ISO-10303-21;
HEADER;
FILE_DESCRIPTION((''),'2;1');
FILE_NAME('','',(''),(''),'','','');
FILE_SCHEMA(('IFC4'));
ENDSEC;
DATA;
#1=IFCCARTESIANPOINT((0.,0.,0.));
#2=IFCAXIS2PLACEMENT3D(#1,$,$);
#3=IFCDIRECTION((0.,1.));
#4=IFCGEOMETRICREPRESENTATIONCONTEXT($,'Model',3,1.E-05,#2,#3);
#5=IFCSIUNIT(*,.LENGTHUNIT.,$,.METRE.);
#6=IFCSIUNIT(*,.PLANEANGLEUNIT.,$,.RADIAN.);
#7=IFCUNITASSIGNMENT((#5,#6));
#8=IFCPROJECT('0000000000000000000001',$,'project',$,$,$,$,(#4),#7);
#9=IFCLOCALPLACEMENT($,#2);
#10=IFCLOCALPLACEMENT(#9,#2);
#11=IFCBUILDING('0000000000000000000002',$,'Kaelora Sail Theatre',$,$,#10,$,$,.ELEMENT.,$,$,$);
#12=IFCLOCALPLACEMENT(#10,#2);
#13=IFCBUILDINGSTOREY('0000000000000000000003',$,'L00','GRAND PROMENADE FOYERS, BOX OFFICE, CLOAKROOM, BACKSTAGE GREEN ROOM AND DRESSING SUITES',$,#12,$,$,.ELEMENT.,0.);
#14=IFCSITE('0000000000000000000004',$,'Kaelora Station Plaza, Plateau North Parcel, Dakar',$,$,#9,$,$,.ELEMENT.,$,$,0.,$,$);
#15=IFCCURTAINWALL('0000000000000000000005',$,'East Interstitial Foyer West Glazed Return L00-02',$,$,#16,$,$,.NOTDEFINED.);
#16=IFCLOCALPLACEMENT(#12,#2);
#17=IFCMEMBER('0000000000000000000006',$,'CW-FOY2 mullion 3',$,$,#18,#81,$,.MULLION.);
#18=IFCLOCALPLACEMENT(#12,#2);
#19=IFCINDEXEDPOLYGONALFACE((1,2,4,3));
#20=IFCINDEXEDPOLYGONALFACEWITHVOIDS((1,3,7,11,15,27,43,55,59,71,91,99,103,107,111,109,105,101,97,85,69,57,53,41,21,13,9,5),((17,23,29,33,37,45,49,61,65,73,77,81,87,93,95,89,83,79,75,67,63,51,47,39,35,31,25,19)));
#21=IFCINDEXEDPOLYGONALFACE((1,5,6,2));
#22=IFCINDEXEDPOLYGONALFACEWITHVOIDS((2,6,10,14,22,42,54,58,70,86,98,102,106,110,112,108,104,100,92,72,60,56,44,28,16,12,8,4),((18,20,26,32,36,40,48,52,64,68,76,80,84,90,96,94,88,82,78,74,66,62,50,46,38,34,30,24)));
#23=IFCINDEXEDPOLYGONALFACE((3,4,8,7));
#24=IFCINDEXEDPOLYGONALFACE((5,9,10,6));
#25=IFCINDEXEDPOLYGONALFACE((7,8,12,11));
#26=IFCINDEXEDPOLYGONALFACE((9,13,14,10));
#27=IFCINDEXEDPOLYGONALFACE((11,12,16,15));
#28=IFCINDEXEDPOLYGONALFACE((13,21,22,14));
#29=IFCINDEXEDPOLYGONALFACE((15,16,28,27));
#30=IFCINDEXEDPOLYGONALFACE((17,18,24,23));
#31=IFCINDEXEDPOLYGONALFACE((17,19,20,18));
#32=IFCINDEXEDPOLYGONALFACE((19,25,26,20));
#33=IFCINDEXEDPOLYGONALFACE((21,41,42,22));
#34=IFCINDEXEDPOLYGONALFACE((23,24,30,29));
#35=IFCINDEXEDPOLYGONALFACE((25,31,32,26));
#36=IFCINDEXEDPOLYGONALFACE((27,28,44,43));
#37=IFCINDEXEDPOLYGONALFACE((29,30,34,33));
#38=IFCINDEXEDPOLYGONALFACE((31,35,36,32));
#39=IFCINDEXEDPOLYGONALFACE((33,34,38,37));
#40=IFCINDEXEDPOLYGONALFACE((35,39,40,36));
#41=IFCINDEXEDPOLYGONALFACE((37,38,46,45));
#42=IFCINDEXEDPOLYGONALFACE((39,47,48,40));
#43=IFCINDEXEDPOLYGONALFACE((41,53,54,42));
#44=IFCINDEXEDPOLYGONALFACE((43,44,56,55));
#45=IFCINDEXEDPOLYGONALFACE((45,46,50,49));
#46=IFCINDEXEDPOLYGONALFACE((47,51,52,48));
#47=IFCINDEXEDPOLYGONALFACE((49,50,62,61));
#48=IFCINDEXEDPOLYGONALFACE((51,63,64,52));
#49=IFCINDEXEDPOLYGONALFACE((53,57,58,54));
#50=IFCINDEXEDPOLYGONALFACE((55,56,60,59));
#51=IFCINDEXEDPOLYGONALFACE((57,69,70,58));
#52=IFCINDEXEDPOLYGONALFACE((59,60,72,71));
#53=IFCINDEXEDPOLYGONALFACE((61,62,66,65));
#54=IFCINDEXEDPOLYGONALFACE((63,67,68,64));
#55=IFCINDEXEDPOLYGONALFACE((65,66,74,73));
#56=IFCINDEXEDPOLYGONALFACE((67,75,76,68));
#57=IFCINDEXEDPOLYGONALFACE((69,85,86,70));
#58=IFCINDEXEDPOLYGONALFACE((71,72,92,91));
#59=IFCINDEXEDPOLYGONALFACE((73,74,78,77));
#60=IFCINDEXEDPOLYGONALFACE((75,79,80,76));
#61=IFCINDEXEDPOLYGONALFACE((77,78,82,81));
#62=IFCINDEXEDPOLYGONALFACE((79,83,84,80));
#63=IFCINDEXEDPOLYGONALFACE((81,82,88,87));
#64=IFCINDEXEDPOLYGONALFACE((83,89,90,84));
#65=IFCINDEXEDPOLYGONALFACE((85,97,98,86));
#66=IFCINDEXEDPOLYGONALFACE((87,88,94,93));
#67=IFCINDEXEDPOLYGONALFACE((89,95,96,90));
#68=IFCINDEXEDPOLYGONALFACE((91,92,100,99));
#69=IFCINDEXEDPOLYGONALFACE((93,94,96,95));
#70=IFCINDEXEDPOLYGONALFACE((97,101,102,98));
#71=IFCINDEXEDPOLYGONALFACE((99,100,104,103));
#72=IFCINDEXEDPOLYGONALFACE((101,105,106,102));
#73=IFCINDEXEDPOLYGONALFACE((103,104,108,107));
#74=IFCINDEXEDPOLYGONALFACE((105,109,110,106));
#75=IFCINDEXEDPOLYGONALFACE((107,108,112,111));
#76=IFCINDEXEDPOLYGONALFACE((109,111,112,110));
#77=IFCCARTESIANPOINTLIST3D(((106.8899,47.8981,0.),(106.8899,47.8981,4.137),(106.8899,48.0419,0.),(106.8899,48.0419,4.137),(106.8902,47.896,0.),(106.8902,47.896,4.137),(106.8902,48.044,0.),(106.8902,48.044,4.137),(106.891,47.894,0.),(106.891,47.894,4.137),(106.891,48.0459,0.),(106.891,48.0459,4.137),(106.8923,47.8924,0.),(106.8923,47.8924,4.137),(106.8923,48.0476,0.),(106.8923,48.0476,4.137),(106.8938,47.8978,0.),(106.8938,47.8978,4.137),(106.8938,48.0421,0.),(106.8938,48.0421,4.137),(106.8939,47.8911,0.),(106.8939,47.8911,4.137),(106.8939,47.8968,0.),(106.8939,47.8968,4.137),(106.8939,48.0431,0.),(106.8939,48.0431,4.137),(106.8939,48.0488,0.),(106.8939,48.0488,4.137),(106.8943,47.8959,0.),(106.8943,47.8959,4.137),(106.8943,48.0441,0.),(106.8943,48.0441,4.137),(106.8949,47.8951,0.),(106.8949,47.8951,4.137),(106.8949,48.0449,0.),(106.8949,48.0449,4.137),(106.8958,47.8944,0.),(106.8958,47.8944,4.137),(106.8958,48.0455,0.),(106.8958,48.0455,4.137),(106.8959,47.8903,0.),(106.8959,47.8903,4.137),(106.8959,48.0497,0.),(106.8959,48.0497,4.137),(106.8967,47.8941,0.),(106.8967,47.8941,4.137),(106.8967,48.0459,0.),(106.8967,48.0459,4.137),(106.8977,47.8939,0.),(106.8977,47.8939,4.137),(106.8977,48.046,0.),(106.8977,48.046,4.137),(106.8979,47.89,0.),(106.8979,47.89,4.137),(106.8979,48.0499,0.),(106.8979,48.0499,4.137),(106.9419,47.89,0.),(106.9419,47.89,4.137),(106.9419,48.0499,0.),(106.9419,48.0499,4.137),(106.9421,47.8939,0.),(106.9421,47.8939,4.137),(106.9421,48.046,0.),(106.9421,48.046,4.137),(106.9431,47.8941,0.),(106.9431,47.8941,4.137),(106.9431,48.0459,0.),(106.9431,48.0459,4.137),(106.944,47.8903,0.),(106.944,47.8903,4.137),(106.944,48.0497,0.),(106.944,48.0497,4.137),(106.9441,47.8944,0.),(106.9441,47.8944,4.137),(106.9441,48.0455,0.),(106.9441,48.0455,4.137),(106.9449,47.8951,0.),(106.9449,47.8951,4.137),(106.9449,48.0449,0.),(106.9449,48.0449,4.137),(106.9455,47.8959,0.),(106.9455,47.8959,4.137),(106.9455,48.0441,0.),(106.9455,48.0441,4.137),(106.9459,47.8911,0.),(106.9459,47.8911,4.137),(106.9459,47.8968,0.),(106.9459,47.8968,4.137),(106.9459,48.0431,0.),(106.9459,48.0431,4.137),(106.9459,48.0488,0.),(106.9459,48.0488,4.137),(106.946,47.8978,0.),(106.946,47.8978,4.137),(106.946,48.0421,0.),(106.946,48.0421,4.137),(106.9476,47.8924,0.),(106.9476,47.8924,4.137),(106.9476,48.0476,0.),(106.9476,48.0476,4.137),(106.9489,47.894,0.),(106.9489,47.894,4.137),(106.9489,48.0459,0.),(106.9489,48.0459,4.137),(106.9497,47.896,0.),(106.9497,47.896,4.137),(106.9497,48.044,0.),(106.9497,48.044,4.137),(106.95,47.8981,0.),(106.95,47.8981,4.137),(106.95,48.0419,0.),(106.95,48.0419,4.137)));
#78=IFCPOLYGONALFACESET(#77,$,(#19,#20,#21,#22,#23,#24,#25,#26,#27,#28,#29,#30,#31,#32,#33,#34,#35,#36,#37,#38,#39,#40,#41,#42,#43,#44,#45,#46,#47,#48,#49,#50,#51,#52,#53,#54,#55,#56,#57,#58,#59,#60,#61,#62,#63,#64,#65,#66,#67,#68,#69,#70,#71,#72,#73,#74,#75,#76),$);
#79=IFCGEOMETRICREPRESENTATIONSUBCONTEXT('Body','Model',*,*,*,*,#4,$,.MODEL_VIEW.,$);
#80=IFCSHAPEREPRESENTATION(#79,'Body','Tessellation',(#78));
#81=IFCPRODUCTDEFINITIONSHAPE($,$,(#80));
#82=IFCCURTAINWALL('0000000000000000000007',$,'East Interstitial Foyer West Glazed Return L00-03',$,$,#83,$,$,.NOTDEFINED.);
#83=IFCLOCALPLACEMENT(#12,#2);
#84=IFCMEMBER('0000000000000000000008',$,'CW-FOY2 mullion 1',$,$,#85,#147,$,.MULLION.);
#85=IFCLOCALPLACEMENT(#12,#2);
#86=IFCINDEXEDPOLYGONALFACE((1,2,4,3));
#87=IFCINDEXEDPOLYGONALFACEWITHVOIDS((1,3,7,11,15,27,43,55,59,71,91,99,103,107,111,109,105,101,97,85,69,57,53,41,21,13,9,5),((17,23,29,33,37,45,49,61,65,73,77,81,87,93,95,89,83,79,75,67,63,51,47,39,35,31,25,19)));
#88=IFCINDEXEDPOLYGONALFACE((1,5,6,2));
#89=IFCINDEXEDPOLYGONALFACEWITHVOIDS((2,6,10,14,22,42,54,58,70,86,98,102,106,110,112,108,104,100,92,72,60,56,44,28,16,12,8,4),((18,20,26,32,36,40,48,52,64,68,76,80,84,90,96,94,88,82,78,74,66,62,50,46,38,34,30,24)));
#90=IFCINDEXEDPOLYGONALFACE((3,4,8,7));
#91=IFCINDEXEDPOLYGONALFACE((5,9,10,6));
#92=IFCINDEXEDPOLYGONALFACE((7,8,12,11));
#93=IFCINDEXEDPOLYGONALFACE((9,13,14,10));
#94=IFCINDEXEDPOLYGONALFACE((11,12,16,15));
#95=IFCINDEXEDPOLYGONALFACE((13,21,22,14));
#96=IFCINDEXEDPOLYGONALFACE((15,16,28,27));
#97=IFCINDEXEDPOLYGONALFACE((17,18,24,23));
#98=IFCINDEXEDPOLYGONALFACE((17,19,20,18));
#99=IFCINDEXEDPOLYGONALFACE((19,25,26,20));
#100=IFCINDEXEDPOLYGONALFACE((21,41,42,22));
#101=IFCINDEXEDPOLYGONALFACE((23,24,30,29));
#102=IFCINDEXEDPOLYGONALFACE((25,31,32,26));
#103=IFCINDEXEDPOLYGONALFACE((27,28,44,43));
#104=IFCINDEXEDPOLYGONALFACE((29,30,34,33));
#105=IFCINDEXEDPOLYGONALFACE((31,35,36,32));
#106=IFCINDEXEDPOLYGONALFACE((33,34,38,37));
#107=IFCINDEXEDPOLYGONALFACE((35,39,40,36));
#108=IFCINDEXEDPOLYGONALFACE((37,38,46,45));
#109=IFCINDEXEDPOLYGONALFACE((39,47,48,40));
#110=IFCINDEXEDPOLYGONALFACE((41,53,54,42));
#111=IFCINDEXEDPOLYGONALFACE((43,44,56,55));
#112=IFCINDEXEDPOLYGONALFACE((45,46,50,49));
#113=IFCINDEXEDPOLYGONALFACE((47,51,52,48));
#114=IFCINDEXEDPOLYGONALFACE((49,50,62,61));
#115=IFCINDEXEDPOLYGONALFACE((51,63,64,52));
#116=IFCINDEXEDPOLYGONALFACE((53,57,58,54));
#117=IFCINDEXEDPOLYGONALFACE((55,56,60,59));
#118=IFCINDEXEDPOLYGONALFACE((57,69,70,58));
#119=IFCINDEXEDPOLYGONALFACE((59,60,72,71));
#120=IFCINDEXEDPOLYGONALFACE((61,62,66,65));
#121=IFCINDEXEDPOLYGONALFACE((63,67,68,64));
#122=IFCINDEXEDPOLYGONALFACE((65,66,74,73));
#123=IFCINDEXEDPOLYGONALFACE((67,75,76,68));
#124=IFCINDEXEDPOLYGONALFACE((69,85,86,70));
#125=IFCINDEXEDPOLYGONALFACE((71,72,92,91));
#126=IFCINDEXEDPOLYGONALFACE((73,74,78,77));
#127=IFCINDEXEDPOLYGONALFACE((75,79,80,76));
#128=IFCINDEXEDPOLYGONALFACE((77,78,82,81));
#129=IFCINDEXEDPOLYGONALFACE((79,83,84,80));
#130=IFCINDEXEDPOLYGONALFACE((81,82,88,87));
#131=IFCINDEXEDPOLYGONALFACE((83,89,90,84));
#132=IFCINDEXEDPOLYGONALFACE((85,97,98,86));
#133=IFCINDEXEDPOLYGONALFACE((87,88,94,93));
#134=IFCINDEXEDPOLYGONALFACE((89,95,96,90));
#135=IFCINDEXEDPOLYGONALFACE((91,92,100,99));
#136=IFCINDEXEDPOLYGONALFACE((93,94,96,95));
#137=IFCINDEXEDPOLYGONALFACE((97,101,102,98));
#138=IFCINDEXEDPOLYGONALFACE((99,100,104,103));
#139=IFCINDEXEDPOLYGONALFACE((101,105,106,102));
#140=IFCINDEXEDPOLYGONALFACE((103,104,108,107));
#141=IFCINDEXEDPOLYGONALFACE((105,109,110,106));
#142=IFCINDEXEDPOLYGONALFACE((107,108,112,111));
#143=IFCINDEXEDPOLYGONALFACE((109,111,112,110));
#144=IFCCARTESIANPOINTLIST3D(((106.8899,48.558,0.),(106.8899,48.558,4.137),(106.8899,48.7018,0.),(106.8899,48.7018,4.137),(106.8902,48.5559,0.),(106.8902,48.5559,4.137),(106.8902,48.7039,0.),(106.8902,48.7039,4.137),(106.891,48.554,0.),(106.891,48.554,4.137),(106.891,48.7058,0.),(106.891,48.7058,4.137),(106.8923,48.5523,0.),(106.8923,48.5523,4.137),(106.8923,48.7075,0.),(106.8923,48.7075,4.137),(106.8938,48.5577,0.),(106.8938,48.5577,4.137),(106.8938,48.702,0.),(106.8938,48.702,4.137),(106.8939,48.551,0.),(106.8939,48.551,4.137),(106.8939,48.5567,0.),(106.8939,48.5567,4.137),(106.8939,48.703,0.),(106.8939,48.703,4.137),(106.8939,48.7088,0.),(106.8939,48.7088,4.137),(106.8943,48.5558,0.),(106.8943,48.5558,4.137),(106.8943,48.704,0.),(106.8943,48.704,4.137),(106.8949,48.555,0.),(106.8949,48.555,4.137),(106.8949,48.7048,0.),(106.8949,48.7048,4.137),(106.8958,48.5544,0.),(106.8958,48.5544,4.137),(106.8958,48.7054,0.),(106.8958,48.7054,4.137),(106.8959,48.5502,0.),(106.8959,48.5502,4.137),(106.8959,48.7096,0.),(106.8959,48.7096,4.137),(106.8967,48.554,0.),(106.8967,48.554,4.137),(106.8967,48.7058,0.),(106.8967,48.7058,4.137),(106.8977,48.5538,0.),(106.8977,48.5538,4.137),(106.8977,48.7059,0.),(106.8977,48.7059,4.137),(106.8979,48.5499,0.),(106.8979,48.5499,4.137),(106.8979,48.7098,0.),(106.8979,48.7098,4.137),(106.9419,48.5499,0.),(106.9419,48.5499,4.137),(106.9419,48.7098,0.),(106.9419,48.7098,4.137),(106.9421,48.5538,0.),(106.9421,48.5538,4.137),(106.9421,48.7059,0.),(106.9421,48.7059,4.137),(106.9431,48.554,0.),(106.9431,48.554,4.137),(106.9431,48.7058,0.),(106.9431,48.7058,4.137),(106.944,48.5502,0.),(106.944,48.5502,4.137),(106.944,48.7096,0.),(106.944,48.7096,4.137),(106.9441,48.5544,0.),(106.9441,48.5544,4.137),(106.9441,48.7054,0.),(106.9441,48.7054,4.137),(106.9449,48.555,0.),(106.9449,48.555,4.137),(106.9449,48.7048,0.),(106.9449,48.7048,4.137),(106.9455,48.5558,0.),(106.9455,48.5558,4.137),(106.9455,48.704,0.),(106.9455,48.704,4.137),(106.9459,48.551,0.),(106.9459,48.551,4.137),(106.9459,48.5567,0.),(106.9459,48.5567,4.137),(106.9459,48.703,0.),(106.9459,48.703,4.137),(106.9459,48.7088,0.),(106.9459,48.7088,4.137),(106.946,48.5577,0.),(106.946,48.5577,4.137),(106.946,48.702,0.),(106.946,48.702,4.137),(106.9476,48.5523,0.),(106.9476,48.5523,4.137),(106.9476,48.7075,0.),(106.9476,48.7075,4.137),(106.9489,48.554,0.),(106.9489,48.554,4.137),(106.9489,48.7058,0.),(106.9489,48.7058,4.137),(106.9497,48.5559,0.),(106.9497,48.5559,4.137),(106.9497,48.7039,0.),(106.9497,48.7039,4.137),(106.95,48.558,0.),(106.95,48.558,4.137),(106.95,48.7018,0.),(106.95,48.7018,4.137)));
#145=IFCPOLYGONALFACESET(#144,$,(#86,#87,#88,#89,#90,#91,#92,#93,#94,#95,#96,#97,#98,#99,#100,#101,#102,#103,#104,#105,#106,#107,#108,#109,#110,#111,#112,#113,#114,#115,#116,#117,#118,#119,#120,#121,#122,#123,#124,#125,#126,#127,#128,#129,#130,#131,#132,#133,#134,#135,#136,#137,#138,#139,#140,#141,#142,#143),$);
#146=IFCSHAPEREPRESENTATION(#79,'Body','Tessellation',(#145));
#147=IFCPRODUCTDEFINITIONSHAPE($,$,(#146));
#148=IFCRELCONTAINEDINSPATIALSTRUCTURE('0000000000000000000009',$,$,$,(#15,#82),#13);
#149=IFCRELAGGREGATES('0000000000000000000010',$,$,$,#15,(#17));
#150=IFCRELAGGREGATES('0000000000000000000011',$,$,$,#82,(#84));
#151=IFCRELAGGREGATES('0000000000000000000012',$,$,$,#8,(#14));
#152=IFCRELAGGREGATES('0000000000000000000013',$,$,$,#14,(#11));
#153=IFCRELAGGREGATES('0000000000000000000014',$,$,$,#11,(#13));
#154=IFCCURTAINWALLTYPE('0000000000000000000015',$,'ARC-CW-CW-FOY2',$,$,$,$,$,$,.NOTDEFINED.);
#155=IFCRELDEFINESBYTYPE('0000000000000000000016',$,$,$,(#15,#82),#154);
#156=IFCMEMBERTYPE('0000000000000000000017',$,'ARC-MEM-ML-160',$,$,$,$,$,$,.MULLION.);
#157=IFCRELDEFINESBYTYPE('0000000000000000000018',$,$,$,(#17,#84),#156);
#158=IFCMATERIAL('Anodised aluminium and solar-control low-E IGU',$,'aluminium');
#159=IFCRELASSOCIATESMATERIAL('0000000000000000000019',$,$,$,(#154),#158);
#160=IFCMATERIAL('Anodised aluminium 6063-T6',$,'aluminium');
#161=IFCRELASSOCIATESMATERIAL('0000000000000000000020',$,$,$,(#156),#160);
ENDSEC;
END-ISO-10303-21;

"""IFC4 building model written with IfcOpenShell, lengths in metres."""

from ifc_helpers import new_model, si_unit, direction, frame, origin, origin_2d, place, context, subcontext, project, spatial, hollow_rectangle, extrude, material, material_profile, profile_set, type_object, element, aggregate, save


model = new_model("IFC4")

# Units and contexts
model_context = context("Model", 3, precision=1e-05, world=origin(), true_north=direction((0.0, 1.0)))
body_context = subcontext(model_context, "Body", "Model", "MODEL_VIEW")
ifc_project = project(units=[si_unit("LENGTHUNIT", "METRE"), si_unit("PLANEANGLEUNIT", "RADIAN")], contexts=[model_context])

# Site, building, storey
site_placement = place(None, origin())
site = spatial("IfcSite", under=ifc_project, at=site_placement, Name="Kaelora Station Plaza, Plateau North Parcel, Dakar", CompositionType="ELEMENT", RefElevation=0.0)
building_placement = place(site_placement, origin())
building = spatial("IfcBuilding", under=site, at=building_placement, Name="Kaelora Sail Theatre", CompositionType="ELEMENT")
storey_placement = place(building_placement, origin())
storey = spatial("IfcBuildingStorey", under=building, at=storey_placement, Name="L00", Description="GRAND PROMENADE FOYERS, BOX OFFICE, CLOAKROOM, BACKSTAGE GREEN ROOM AND DRESSING SUITES", CompositionType="ELEMENT", Elevation=0.0)

# Curtain wall, member
ifc_material_1 = material(Name="Anodised aluminium and solar-control low-E IGU", Category="aluminium")
curtain_wall_type = type_object("IfcCurtainWallType", Name="ARC-CW-CW-FOY2", PredefinedType="NOTDEFINED", material=ifc_material_1)
curtain_wall_1_placement = place(storey_placement, origin())
curtain_wall_1 = element("IfcCurtainWall", 1, at=curtain_wall_1_placement, inside=storey, type_object=curtain_wall_type, Name="East Interstitial Foyer West Glazed Return L00-02", PredefinedType="NOTDEFINED")
ifc_material_2 = material(Name="Anodised aluminium 6063-T6", Category="aluminium")
ifc_material_profile_1 = material_profile(ifc_material_2, hollow_rectangle(XDim=0.0601, YDim=0.1599, WallThickness=0.0039, InnerFilletRadius=0.0039, OuterFilletRadius=0.0081, at=origin_2d()), Name="ALU-MULL 60x160x4")
ifc_profile_set_1 = profile_set([ifc_material_profile_1], Name="Anodised aluminium 6063-T6")
member_type_1 = type_object("IfcMemberType", Name="ARC-MEM-ML-160", PredefinedType="MULLION", material=ifc_profile_set_1)
member_1_placement = place(storey_placement, frame((106.9199, 47.97, 0.0), z_axis=(0.0, 0.0, 1.0), x_axis=(-1.0, 0.0, 0.0)))
member_1 = element("IfcMember", 2, at=member_1_placement, type_object=member_type_1, Name="CW-FOY2 mullion 3", PredefinedType="MULLION", context=body_context, shape_type="SweptSolid", body=[
    extrude(hollow_rectangle(XDim=0.0601, YDim=0.1599, WallThickness=0.0039, InnerFilletRadius=0.0039, OuterFilletRadius=0.0081, at=origin_2d()), origin(), (0.0, 0.0, 1.0), 4.137),
])

# Curtain wall, member
curtain_wall_2_placement = place(storey_placement, origin())
curtain_wall_2 = element("IfcCurtainWall", 3, at=curtain_wall_2_placement, inside=storey, type_object=curtain_wall_type, Name="East Interstitial Foyer West Glazed Return L00-03", PredefinedType="NOTDEFINED")
member_2_placement = place(storey_placement, frame((106.9199, 48.6299, 0.0), z_axis=(0.0, 0.0, 1.0), x_axis=(-1.0, 0.0, 0.0)))
member_2 = element("IfcMember", 4, at=member_2_placement, type_object=member_type_1, Name="CW-FOY2 mullion 1", PredefinedType="MULLION", context=body_context, shape_type="SweptSolid", body=[
    extrude(hollow_rectangle(XDim=0.0601, YDim=0.1599, WallThickness=0.0039, InnerFilletRadius=0.0039, OuterFilletRadius=0.0081, at=origin_2d()), origin(), (0.0, 0.0, 1.0), 4.137),
])

aggregate(curtain_wall_1, [member_1])
aggregate(curtain_wall_2, [member_2])

save(model, "model.ifc")
